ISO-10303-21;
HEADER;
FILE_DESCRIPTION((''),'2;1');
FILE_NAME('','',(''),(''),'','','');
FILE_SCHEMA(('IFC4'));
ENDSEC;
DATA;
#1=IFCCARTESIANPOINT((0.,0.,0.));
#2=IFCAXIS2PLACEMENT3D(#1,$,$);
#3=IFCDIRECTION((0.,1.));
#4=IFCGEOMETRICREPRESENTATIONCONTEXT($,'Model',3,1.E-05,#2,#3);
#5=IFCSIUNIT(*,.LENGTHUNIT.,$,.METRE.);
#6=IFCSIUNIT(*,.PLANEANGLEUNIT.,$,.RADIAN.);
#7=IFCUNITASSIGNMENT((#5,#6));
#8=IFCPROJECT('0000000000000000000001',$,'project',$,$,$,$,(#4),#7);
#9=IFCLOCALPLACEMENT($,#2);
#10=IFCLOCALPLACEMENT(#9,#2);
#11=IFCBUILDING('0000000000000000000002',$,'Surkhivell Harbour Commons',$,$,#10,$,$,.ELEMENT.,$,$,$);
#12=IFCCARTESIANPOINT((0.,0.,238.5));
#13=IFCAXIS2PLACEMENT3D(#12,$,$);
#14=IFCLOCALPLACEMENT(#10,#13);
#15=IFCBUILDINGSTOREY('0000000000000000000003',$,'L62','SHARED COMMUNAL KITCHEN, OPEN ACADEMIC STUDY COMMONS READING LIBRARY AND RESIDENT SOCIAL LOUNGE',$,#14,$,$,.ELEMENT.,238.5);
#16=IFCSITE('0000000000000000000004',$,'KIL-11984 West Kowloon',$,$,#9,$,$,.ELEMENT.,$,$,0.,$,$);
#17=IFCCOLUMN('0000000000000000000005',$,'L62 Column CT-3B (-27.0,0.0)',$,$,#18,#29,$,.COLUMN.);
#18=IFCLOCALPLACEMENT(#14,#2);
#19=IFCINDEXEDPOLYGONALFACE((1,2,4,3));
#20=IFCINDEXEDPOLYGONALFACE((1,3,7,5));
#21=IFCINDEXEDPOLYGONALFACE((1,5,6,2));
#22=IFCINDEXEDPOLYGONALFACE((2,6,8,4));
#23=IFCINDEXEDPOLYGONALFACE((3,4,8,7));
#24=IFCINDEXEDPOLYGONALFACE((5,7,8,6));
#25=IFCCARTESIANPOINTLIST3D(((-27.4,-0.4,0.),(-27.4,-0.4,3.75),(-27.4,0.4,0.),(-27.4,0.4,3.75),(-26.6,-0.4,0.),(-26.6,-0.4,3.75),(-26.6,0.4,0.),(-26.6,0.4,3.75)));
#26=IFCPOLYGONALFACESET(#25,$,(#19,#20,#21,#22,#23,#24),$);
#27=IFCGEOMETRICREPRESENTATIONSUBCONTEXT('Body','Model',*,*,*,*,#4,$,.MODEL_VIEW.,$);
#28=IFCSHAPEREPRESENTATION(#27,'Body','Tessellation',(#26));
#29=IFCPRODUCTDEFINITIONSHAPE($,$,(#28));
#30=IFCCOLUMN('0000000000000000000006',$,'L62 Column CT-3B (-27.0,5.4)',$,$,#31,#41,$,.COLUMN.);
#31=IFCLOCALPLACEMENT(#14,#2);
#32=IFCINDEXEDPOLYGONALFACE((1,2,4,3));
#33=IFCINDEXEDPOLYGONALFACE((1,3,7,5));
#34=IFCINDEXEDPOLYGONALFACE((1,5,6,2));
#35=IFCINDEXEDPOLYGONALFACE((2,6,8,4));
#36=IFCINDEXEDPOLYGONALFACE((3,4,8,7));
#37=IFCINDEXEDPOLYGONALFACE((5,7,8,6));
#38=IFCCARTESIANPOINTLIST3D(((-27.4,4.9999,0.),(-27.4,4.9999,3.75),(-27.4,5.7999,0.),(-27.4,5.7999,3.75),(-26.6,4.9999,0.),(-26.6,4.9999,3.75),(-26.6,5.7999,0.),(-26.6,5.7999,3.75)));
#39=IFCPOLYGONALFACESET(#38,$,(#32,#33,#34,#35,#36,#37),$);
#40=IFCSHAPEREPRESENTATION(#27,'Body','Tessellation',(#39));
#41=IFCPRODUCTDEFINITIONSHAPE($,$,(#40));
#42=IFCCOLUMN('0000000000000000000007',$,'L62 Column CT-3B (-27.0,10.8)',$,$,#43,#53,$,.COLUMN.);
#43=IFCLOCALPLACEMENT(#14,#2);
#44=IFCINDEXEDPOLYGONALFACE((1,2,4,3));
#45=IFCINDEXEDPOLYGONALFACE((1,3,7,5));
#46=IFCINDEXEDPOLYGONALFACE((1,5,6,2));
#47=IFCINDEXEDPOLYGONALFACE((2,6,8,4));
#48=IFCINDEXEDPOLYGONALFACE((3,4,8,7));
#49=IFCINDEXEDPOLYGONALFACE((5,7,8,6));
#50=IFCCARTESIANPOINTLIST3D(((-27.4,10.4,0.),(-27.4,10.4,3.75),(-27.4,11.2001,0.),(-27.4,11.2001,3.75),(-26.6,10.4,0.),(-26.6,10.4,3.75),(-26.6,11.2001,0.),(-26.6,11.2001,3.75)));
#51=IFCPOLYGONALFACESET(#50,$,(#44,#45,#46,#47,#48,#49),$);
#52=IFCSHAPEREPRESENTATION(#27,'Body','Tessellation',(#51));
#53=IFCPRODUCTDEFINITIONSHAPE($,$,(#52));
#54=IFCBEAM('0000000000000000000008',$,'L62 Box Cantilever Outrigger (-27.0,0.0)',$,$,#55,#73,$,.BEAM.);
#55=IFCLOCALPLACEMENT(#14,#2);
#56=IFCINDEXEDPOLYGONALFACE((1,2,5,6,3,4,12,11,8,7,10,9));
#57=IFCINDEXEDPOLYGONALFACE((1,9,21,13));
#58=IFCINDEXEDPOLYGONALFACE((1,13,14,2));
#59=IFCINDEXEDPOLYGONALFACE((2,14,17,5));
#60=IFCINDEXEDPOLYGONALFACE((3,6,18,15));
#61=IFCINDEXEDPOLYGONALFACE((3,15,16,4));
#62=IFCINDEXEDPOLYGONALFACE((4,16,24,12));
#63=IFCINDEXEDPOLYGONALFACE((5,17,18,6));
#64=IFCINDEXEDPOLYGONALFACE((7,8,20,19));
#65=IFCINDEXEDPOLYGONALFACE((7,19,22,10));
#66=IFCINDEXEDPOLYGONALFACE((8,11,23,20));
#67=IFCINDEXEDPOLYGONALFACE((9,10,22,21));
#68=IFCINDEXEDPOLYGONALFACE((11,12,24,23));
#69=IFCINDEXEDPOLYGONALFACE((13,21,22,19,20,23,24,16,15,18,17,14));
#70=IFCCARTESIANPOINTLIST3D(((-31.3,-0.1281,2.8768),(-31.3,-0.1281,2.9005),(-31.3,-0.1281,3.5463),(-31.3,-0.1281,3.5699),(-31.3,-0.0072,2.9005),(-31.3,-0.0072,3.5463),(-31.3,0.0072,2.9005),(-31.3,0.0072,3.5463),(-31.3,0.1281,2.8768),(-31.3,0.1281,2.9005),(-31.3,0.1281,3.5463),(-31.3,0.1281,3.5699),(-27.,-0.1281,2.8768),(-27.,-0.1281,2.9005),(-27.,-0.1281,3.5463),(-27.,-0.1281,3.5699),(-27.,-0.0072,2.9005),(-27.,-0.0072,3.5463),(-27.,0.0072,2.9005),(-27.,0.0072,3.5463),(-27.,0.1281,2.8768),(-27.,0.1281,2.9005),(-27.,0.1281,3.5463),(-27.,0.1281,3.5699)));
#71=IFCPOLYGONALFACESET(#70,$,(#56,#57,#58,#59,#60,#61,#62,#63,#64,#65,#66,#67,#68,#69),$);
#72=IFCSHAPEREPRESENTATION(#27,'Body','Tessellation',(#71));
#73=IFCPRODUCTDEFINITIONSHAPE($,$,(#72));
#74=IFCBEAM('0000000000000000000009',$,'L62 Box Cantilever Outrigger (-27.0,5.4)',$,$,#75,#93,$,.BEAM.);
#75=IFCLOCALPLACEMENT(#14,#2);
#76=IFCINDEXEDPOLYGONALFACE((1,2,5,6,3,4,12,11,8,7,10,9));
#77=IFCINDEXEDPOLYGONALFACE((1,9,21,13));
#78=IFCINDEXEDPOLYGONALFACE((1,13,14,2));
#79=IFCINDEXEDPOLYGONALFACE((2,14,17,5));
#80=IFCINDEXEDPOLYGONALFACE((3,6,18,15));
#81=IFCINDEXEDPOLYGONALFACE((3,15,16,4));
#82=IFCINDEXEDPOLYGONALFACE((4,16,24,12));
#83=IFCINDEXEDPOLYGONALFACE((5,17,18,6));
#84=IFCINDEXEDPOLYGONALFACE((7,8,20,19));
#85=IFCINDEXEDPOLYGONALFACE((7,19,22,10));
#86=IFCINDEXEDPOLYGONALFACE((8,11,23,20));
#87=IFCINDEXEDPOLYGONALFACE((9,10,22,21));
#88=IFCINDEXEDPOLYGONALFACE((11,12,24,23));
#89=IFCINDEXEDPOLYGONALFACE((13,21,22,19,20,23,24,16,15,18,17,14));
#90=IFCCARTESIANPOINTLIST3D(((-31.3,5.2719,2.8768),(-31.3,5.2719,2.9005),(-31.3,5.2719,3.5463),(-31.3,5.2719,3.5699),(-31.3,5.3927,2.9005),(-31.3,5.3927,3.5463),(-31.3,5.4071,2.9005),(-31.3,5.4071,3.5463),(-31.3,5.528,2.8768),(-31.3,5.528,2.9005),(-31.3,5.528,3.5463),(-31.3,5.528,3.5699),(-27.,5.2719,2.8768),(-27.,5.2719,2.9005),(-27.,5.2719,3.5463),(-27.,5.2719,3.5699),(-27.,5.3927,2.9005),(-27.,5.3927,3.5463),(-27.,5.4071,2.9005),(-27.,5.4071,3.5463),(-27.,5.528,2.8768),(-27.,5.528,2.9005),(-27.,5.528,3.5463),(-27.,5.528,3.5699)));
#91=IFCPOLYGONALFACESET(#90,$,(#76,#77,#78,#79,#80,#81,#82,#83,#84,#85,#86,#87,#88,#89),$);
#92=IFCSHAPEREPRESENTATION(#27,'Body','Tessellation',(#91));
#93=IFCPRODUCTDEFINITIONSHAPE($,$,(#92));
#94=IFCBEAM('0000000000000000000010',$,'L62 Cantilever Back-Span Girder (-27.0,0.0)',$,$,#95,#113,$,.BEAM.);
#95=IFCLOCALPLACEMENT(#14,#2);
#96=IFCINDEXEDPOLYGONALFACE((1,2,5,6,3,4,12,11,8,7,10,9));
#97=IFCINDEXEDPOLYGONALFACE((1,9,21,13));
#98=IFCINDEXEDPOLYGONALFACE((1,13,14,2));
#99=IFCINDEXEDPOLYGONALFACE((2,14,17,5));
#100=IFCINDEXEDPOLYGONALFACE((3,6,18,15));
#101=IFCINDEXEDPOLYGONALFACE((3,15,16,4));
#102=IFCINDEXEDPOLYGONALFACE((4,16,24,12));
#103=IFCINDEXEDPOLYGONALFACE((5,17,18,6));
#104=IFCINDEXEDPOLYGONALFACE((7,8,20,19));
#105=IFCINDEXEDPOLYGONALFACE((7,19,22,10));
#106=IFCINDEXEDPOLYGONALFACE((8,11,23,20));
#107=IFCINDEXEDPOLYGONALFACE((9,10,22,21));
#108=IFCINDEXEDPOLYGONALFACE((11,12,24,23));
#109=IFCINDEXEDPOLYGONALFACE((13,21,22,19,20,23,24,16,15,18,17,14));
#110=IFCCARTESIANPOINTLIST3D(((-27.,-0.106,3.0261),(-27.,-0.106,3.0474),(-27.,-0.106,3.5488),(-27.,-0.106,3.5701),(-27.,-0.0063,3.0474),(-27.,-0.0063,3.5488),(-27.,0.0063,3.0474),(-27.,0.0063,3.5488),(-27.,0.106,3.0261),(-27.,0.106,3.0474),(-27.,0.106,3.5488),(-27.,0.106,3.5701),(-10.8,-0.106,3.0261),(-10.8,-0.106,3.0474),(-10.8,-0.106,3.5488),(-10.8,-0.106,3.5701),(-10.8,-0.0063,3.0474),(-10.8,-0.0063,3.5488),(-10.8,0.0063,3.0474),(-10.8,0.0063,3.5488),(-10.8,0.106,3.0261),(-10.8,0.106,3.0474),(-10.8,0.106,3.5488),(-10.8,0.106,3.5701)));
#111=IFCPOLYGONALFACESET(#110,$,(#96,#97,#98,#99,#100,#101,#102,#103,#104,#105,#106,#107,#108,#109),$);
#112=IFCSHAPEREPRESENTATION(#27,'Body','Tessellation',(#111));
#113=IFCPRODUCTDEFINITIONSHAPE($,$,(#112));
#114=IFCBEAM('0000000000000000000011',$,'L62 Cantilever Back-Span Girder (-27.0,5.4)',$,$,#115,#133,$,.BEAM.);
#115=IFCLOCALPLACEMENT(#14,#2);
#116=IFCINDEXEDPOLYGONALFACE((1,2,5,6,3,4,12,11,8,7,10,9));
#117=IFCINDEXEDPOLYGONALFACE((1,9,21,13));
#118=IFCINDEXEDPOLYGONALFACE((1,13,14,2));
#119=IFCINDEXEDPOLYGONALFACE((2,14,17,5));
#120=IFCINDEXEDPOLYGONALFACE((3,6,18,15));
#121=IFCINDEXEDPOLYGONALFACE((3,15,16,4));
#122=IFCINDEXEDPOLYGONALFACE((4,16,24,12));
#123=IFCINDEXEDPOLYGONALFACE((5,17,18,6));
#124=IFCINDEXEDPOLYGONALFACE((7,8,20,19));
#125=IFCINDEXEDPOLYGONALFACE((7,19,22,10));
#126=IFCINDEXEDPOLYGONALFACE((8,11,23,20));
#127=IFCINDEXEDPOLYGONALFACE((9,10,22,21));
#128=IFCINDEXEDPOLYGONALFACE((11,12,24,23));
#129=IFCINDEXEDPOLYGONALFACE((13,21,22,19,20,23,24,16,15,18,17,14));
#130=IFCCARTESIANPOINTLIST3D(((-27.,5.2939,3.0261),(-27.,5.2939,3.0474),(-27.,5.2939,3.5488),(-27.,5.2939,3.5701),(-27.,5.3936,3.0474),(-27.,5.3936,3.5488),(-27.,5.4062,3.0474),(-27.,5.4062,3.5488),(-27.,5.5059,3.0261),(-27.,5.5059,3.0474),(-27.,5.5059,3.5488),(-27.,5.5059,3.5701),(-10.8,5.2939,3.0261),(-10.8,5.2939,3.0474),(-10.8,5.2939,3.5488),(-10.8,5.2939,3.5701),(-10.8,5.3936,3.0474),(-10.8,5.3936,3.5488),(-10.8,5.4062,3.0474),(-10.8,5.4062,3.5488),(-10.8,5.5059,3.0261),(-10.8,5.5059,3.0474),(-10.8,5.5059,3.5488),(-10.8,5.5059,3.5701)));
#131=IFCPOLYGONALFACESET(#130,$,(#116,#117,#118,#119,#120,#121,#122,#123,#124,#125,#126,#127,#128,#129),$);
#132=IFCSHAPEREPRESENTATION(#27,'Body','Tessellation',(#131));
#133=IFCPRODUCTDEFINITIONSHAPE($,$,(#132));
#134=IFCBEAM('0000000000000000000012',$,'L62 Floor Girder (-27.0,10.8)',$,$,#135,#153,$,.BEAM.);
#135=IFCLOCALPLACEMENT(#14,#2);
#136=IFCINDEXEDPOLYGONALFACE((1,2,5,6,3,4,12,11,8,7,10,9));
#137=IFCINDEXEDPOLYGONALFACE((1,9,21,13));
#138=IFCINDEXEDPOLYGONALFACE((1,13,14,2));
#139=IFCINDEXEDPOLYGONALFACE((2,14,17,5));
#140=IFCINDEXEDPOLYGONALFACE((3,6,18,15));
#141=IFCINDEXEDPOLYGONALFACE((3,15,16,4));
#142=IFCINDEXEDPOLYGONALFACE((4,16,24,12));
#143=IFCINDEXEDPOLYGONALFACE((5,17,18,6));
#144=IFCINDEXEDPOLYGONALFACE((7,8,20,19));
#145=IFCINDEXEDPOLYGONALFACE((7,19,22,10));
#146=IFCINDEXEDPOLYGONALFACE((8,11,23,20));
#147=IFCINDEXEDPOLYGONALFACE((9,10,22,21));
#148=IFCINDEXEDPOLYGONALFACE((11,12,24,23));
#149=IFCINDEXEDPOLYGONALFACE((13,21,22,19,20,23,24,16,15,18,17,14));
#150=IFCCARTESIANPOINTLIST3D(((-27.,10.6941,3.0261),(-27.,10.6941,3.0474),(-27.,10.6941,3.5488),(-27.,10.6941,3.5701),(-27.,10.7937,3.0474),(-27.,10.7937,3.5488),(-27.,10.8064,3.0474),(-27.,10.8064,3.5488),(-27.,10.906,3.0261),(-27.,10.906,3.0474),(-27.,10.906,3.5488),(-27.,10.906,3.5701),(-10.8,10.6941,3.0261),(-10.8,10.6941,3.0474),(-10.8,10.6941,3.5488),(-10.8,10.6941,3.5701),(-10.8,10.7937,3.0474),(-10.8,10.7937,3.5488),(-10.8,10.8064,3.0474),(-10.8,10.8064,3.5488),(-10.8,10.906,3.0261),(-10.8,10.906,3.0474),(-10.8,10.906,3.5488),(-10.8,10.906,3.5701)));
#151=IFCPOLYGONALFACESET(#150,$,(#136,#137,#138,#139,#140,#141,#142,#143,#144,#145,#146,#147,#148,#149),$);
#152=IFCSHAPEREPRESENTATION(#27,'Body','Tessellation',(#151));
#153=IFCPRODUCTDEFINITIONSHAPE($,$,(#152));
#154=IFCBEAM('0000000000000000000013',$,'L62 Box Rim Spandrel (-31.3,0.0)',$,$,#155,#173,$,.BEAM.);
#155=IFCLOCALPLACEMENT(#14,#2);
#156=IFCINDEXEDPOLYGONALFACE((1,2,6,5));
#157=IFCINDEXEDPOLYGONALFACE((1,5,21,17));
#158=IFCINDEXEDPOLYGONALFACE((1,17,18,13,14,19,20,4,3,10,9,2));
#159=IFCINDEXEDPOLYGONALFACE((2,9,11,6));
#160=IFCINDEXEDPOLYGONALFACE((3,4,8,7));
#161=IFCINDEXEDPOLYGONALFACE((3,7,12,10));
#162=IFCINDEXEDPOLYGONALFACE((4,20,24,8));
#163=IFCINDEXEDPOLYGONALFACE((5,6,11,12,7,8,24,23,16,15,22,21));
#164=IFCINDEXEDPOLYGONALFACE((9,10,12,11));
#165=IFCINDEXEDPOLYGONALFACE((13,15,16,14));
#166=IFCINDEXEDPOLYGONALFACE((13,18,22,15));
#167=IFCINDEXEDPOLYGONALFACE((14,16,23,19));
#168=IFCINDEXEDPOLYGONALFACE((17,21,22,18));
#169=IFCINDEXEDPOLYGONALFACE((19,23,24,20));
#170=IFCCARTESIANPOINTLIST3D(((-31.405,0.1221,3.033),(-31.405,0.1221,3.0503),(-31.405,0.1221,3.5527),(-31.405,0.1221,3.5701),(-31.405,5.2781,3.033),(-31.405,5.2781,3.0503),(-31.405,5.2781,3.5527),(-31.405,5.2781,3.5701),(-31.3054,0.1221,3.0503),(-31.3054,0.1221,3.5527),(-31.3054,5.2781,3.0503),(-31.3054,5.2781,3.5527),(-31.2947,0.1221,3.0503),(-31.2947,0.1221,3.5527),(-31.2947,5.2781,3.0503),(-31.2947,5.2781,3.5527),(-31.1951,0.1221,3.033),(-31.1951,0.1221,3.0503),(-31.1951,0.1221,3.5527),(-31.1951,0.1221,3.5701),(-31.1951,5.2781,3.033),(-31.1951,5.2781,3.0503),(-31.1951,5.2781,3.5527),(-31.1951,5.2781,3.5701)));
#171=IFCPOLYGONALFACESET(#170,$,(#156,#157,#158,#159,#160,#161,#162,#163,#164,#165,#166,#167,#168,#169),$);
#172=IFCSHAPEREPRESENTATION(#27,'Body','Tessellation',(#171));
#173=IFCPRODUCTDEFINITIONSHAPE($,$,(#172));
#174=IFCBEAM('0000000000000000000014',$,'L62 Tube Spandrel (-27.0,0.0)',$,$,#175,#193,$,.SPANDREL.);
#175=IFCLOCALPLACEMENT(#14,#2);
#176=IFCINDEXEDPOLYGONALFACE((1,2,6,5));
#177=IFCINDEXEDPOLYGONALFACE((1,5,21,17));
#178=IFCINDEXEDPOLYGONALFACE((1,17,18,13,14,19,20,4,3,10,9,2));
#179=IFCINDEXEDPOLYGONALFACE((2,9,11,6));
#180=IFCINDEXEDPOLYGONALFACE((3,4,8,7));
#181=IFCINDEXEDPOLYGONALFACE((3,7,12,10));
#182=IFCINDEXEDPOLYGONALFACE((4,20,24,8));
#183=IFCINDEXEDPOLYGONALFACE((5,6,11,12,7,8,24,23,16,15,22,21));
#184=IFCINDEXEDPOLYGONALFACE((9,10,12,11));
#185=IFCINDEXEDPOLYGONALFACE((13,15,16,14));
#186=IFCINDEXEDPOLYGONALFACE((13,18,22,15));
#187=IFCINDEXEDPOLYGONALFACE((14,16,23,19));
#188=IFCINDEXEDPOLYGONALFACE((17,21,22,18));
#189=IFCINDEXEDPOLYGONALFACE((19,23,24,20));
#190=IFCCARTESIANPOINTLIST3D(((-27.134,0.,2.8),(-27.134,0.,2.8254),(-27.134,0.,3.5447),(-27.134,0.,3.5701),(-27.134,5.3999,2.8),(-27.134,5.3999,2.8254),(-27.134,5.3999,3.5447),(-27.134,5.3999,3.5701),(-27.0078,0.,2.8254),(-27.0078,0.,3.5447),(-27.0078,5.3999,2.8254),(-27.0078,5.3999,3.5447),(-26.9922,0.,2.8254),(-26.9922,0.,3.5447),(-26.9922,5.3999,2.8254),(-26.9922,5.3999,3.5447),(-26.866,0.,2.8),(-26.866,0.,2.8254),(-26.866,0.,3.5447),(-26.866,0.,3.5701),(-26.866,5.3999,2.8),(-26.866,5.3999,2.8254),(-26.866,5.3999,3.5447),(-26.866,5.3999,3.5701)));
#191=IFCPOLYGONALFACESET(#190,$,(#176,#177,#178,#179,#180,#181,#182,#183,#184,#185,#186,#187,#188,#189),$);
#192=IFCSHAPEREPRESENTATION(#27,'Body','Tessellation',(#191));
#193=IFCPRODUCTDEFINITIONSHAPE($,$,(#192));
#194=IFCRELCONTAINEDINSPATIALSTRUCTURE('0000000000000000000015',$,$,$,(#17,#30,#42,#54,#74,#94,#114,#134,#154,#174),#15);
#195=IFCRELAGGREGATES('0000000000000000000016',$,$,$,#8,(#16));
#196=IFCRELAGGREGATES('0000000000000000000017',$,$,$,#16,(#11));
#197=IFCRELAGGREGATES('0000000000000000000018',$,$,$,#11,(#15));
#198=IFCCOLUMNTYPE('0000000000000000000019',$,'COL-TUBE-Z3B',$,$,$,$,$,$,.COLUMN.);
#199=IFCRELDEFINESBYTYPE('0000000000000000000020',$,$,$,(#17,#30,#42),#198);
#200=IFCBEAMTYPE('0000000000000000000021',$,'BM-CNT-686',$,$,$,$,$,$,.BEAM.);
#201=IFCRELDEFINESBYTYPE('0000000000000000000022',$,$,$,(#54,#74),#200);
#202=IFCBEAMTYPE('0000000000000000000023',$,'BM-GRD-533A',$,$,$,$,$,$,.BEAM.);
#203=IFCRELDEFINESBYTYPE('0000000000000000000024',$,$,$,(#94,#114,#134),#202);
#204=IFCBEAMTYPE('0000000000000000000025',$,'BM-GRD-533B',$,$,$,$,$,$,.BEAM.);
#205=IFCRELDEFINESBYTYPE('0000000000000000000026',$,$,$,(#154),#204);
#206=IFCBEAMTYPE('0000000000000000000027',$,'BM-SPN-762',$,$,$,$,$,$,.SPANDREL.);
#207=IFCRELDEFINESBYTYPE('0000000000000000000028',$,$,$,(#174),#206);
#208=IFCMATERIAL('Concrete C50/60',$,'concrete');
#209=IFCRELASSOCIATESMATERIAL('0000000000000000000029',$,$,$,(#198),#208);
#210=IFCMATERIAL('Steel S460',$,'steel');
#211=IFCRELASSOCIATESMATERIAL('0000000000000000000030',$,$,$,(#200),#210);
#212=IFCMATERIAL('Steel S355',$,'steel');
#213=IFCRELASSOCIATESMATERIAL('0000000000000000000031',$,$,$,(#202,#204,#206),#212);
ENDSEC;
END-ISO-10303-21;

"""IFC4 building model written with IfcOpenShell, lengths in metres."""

from ifc_helpers import new_model, si_unit, direction, frame, origin, origin_2d, place, context, subcontext, project, spatial, rectangle, i_section, extrude, material, material_profile, profile_set, type_object, element, save


model = new_model("IFC4")

# Units and contexts
model_context = context("Model", 3, precision=1e-05, world=origin(), true_north=direction((0.0, 1.0)))
body_context = subcontext(model_context, "Body", "Model", "MODEL_VIEW")
ifc_project = project(units=[si_unit("LENGTHUNIT", "METRE"), si_unit("PLANEANGLEUNIT", "RADIAN")], contexts=[model_context])

# Site, building, storey
site_placement = place(None, origin())
site = spatial("IfcSite", under=ifc_project, at=site_placement, Name="KIL-11984 West Kowloon", CompositionType="ELEMENT", RefElevation=0.0)
building_placement = place(site_placement, origin())
building = spatial("IfcBuilding", under=site, at=building_placement, Name="Surkhivell Harbour Commons", CompositionType="ELEMENT")
storey_placement = place(building_placement, frame((0.0, 0.0, 238.5)))
storey = spatial("IfcBuildingStorey", under=building, at=storey_placement, Name="L62", Description="SHARED COMMUNAL KITCHEN, OPEN ACADEMIC STUDY COMMONS READING LIBRARY AND RESIDENT SOCIAL LOUNGE", CompositionType="ELEMENT", Elevation=238.5)

# Columns
ifc_material_1 = material(Name="Concrete C50/60", Category="concrete")
ifc_material_profile_1 = material_profile(ifc_material_1, rectangle(XDim=0.8, YDim=0.8, at=origin_2d()), Name="RC-COL-800x800")
ifc_profile_set_1 = profile_set([ifc_material_profile_1], Name="Concrete C50/60")
column_type = type_object("IfcColumnType", Name="COL-TUBE-Z3B", PredefinedType="COLUMN", material=ifc_profile_set_1)
for number, where, z_axis, x_axis, name in (
    (1, (-27.0, 0.0, 0.0), (0.0, 0.0, 1.0), (1.0, 0.0, 0.0), "L62 Column CT-3B (-27.0,0.0)"),
    (2, (-27.0, 5.3999, 0.0), (0.0, 0.0, 1.0), (1.0, 0.0, 0.0), "L62 Column CT-3B (-27.0,5.4)"),
    (3, (-27.0, 10.8, 0.0), (0.0, 0.0, 1.0), (1.0, 0.0, 0.0), "L62 Column CT-3B (-27.0,10.8)"),
):
    element("IfcColumn", number, at=place(storey_placement, frame(where, z_axis=z_axis, x_axis=x_axis)), inside=storey, type_object=column_type, Name=name, PredefinedType="COLUMN", context=body_context, shape_type="SweptSolid", body=[
        extrude(rectangle(XDim=0.8, YDim=0.8, at=origin_2d()), origin(), (0.0, 0.0, 1.0), 3.75),
    ])

# Beams
ifc_material_2 = material(Name="Steel S460", Category="steel")
ifc_material_profile_2 = material_profile(ifc_material_2, i_section(OverallWidth=0.2561, OverallDepth=0.6931, WebThickness=0.0144, FlangeThickness=0.0237, at=origin_2d()), Name="UB686x254x170")
ifc_profile_set_2 = profile_set([ifc_material_profile_2], Name="Steel S460")
beam_type_1 = type_object("IfcBeamType", Name="BM-CNT-686", PredefinedType="BEAM", material=ifc_profile_set_2)
for number, where, z_axis, x_axis, name in (
    (4, (-27.0, 0.0, 3.2234), (-1.0, 0.0, 0.0), (0.0, -1.0, 0.0), "L62 Box Cantilever Outrigger (-27.0,0.0)"),
    (5, (-27.0, 5.3999, 3.2234), (-1.0, 0.0, 0.0), (0.0, -1.0, 0.0), "L62 Box Cantilever Outrigger (-27.0,5.4)"),
):
    element("IfcBeam", number, at=place(storey_placement, frame(where, z_axis=z_axis, x_axis=x_axis)), inside=storey, type_object=beam_type_1, Name=name, PredefinedType="BEAM", context=body_context, shape_type="SweptSolid", body=[
        extrude(i_section(OverallWidth=0.2561, OverallDepth=0.6931, WebThickness=0.0144, FlangeThickness=0.0237, at=origin_2d()), origin(), (0.0, 0.0, 1.0), 4.3),
    ])
ifc_material_3 = material(Name="Steel S355", Category="steel")
ifc_material_profile_3 = material_profile(ifc_material_3, i_section(OverallWidth=0.2119, OverallDepth=0.5439, WebThickness=0.0127, FlangeThickness=0.0212, at=origin_2d()), Name="UB533x210x122")
ifc_profile_set_3 = profile_set([ifc_material_profile_3], Name="Steel S355")
beam_type_2 = type_object("IfcBeamType", Name="BM-GRD-533A", PredefinedType="BEAM", material=ifc_profile_set_3)
for number, where, z_axis, x_axis, name in (
    (6, (-27.0, 0.0, 3.2981), (1.0, 0.0, 0.0), (0.0, 1.0, 0.0), "L62 Cantilever Back-Span Girder (-27.0,0.0)"),
    (7, (-27.0, 5.3999, 3.2981), (1.0, 0.0, 0.0), (0.0, 1.0, 0.0), "L62 Cantilever Back-Span Girder (-27.0,5.4)"),
    (8, (-27.0, 10.8, 3.2981), (1.0, 0.0, 0.0), (0.0, 1.0, 0.0), "L62 Floor Girder (-27.0,10.8)"),
):
    element("IfcBeam", number, at=place(storey_placement, frame(where, z_axis=z_axis, x_axis=x_axis)), inside=storey, type_object=beam_type_2, Name=name, PredefinedType="BEAM", context=body_context, shape_type="SweptSolid", body=[
        extrude(i_section(OverallWidth=0.2119, OverallDepth=0.5439, WebThickness=0.0127, FlangeThickness=0.0212, at=origin_2d()), origin(), (0.0, 0.0, 1.0), 16.2),
    ])
ifc_material_profile_4 = material_profile(ifc_material_3, i_section(OverallWidth=0.21, OverallDepth=0.5371, WebThickness=0.0107, FlangeThickness=0.0173, at=origin_2d()), Name="UB533x210x101")
ifc_profile_set_4 = profile_set([ifc_material_profile_4], Name="Steel S355")
beam_type_3 = type_object("IfcBeamType", Name="BM-GRD-533B", PredefinedType="BEAM", material=ifc_profile_set_4)
beam_1_placement = place(storey_placement, frame((-31.3, 0.1221, 3.3015), z_axis=(0.0, 1.0, 0.0), x_axis=(-1.0, 0.0, 0.0)))
element("IfcBeam", 9, at=beam_1_placement, inside=storey, type_object=beam_type_3, Name="L62 Box Rim Spandrel (-31.3,0.0)", PredefinedType="BEAM", context=body_context, shape_type="SweptSolid", body=[
    extrude(i_section(OverallWidth=0.21, OverallDepth=0.5371, WebThickness=0.0107, FlangeThickness=0.0173, at=origin_2d()), origin(), (0.0, 0.0, 1.0), 5.156),
])
ifc_material_profile_5 = material_profile(ifc_material_3, i_section(OverallWidth=0.2681, OverallDepth=0.77, WebThickness=0.0156, FlangeThickness=0.0254, at=origin_2d()), Name="UB762x267x197")
ifc_profile_set_5 = profile_set([ifc_material_profile_5], Name="Steel S355")
beam_type_4 = type_object("IfcBeamType", Name="BM-SPN-762", PredefinedType="SPANDREL", material=ifc_profile_set_5)
beam_2_placement = place(storey_placement, frame((-27.0, 0.0, 3.1851), z_axis=(0.0, 1.0, 0.0), x_axis=(-1.0, 0.0, 0.0)))
element("IfcBeam", 10, at=beam_2_placement, inside=storey, type_object=beam_type_4, Name="L62 Tube Spandrel (-27.0,0.0)", PredefinedType="SPANDREL", context=body_context, shape_type="SweptSolid", body=[
    extrude(i_section(OverallWidth=0.2681, OverallDepth=0.77, WebThickness=0.0156, FlangeThickness=0.0254, at=origin_2d()), origin(), (0.0, 0.0, 1.0), 5.3999),
])

save(model, "model.ifc")
